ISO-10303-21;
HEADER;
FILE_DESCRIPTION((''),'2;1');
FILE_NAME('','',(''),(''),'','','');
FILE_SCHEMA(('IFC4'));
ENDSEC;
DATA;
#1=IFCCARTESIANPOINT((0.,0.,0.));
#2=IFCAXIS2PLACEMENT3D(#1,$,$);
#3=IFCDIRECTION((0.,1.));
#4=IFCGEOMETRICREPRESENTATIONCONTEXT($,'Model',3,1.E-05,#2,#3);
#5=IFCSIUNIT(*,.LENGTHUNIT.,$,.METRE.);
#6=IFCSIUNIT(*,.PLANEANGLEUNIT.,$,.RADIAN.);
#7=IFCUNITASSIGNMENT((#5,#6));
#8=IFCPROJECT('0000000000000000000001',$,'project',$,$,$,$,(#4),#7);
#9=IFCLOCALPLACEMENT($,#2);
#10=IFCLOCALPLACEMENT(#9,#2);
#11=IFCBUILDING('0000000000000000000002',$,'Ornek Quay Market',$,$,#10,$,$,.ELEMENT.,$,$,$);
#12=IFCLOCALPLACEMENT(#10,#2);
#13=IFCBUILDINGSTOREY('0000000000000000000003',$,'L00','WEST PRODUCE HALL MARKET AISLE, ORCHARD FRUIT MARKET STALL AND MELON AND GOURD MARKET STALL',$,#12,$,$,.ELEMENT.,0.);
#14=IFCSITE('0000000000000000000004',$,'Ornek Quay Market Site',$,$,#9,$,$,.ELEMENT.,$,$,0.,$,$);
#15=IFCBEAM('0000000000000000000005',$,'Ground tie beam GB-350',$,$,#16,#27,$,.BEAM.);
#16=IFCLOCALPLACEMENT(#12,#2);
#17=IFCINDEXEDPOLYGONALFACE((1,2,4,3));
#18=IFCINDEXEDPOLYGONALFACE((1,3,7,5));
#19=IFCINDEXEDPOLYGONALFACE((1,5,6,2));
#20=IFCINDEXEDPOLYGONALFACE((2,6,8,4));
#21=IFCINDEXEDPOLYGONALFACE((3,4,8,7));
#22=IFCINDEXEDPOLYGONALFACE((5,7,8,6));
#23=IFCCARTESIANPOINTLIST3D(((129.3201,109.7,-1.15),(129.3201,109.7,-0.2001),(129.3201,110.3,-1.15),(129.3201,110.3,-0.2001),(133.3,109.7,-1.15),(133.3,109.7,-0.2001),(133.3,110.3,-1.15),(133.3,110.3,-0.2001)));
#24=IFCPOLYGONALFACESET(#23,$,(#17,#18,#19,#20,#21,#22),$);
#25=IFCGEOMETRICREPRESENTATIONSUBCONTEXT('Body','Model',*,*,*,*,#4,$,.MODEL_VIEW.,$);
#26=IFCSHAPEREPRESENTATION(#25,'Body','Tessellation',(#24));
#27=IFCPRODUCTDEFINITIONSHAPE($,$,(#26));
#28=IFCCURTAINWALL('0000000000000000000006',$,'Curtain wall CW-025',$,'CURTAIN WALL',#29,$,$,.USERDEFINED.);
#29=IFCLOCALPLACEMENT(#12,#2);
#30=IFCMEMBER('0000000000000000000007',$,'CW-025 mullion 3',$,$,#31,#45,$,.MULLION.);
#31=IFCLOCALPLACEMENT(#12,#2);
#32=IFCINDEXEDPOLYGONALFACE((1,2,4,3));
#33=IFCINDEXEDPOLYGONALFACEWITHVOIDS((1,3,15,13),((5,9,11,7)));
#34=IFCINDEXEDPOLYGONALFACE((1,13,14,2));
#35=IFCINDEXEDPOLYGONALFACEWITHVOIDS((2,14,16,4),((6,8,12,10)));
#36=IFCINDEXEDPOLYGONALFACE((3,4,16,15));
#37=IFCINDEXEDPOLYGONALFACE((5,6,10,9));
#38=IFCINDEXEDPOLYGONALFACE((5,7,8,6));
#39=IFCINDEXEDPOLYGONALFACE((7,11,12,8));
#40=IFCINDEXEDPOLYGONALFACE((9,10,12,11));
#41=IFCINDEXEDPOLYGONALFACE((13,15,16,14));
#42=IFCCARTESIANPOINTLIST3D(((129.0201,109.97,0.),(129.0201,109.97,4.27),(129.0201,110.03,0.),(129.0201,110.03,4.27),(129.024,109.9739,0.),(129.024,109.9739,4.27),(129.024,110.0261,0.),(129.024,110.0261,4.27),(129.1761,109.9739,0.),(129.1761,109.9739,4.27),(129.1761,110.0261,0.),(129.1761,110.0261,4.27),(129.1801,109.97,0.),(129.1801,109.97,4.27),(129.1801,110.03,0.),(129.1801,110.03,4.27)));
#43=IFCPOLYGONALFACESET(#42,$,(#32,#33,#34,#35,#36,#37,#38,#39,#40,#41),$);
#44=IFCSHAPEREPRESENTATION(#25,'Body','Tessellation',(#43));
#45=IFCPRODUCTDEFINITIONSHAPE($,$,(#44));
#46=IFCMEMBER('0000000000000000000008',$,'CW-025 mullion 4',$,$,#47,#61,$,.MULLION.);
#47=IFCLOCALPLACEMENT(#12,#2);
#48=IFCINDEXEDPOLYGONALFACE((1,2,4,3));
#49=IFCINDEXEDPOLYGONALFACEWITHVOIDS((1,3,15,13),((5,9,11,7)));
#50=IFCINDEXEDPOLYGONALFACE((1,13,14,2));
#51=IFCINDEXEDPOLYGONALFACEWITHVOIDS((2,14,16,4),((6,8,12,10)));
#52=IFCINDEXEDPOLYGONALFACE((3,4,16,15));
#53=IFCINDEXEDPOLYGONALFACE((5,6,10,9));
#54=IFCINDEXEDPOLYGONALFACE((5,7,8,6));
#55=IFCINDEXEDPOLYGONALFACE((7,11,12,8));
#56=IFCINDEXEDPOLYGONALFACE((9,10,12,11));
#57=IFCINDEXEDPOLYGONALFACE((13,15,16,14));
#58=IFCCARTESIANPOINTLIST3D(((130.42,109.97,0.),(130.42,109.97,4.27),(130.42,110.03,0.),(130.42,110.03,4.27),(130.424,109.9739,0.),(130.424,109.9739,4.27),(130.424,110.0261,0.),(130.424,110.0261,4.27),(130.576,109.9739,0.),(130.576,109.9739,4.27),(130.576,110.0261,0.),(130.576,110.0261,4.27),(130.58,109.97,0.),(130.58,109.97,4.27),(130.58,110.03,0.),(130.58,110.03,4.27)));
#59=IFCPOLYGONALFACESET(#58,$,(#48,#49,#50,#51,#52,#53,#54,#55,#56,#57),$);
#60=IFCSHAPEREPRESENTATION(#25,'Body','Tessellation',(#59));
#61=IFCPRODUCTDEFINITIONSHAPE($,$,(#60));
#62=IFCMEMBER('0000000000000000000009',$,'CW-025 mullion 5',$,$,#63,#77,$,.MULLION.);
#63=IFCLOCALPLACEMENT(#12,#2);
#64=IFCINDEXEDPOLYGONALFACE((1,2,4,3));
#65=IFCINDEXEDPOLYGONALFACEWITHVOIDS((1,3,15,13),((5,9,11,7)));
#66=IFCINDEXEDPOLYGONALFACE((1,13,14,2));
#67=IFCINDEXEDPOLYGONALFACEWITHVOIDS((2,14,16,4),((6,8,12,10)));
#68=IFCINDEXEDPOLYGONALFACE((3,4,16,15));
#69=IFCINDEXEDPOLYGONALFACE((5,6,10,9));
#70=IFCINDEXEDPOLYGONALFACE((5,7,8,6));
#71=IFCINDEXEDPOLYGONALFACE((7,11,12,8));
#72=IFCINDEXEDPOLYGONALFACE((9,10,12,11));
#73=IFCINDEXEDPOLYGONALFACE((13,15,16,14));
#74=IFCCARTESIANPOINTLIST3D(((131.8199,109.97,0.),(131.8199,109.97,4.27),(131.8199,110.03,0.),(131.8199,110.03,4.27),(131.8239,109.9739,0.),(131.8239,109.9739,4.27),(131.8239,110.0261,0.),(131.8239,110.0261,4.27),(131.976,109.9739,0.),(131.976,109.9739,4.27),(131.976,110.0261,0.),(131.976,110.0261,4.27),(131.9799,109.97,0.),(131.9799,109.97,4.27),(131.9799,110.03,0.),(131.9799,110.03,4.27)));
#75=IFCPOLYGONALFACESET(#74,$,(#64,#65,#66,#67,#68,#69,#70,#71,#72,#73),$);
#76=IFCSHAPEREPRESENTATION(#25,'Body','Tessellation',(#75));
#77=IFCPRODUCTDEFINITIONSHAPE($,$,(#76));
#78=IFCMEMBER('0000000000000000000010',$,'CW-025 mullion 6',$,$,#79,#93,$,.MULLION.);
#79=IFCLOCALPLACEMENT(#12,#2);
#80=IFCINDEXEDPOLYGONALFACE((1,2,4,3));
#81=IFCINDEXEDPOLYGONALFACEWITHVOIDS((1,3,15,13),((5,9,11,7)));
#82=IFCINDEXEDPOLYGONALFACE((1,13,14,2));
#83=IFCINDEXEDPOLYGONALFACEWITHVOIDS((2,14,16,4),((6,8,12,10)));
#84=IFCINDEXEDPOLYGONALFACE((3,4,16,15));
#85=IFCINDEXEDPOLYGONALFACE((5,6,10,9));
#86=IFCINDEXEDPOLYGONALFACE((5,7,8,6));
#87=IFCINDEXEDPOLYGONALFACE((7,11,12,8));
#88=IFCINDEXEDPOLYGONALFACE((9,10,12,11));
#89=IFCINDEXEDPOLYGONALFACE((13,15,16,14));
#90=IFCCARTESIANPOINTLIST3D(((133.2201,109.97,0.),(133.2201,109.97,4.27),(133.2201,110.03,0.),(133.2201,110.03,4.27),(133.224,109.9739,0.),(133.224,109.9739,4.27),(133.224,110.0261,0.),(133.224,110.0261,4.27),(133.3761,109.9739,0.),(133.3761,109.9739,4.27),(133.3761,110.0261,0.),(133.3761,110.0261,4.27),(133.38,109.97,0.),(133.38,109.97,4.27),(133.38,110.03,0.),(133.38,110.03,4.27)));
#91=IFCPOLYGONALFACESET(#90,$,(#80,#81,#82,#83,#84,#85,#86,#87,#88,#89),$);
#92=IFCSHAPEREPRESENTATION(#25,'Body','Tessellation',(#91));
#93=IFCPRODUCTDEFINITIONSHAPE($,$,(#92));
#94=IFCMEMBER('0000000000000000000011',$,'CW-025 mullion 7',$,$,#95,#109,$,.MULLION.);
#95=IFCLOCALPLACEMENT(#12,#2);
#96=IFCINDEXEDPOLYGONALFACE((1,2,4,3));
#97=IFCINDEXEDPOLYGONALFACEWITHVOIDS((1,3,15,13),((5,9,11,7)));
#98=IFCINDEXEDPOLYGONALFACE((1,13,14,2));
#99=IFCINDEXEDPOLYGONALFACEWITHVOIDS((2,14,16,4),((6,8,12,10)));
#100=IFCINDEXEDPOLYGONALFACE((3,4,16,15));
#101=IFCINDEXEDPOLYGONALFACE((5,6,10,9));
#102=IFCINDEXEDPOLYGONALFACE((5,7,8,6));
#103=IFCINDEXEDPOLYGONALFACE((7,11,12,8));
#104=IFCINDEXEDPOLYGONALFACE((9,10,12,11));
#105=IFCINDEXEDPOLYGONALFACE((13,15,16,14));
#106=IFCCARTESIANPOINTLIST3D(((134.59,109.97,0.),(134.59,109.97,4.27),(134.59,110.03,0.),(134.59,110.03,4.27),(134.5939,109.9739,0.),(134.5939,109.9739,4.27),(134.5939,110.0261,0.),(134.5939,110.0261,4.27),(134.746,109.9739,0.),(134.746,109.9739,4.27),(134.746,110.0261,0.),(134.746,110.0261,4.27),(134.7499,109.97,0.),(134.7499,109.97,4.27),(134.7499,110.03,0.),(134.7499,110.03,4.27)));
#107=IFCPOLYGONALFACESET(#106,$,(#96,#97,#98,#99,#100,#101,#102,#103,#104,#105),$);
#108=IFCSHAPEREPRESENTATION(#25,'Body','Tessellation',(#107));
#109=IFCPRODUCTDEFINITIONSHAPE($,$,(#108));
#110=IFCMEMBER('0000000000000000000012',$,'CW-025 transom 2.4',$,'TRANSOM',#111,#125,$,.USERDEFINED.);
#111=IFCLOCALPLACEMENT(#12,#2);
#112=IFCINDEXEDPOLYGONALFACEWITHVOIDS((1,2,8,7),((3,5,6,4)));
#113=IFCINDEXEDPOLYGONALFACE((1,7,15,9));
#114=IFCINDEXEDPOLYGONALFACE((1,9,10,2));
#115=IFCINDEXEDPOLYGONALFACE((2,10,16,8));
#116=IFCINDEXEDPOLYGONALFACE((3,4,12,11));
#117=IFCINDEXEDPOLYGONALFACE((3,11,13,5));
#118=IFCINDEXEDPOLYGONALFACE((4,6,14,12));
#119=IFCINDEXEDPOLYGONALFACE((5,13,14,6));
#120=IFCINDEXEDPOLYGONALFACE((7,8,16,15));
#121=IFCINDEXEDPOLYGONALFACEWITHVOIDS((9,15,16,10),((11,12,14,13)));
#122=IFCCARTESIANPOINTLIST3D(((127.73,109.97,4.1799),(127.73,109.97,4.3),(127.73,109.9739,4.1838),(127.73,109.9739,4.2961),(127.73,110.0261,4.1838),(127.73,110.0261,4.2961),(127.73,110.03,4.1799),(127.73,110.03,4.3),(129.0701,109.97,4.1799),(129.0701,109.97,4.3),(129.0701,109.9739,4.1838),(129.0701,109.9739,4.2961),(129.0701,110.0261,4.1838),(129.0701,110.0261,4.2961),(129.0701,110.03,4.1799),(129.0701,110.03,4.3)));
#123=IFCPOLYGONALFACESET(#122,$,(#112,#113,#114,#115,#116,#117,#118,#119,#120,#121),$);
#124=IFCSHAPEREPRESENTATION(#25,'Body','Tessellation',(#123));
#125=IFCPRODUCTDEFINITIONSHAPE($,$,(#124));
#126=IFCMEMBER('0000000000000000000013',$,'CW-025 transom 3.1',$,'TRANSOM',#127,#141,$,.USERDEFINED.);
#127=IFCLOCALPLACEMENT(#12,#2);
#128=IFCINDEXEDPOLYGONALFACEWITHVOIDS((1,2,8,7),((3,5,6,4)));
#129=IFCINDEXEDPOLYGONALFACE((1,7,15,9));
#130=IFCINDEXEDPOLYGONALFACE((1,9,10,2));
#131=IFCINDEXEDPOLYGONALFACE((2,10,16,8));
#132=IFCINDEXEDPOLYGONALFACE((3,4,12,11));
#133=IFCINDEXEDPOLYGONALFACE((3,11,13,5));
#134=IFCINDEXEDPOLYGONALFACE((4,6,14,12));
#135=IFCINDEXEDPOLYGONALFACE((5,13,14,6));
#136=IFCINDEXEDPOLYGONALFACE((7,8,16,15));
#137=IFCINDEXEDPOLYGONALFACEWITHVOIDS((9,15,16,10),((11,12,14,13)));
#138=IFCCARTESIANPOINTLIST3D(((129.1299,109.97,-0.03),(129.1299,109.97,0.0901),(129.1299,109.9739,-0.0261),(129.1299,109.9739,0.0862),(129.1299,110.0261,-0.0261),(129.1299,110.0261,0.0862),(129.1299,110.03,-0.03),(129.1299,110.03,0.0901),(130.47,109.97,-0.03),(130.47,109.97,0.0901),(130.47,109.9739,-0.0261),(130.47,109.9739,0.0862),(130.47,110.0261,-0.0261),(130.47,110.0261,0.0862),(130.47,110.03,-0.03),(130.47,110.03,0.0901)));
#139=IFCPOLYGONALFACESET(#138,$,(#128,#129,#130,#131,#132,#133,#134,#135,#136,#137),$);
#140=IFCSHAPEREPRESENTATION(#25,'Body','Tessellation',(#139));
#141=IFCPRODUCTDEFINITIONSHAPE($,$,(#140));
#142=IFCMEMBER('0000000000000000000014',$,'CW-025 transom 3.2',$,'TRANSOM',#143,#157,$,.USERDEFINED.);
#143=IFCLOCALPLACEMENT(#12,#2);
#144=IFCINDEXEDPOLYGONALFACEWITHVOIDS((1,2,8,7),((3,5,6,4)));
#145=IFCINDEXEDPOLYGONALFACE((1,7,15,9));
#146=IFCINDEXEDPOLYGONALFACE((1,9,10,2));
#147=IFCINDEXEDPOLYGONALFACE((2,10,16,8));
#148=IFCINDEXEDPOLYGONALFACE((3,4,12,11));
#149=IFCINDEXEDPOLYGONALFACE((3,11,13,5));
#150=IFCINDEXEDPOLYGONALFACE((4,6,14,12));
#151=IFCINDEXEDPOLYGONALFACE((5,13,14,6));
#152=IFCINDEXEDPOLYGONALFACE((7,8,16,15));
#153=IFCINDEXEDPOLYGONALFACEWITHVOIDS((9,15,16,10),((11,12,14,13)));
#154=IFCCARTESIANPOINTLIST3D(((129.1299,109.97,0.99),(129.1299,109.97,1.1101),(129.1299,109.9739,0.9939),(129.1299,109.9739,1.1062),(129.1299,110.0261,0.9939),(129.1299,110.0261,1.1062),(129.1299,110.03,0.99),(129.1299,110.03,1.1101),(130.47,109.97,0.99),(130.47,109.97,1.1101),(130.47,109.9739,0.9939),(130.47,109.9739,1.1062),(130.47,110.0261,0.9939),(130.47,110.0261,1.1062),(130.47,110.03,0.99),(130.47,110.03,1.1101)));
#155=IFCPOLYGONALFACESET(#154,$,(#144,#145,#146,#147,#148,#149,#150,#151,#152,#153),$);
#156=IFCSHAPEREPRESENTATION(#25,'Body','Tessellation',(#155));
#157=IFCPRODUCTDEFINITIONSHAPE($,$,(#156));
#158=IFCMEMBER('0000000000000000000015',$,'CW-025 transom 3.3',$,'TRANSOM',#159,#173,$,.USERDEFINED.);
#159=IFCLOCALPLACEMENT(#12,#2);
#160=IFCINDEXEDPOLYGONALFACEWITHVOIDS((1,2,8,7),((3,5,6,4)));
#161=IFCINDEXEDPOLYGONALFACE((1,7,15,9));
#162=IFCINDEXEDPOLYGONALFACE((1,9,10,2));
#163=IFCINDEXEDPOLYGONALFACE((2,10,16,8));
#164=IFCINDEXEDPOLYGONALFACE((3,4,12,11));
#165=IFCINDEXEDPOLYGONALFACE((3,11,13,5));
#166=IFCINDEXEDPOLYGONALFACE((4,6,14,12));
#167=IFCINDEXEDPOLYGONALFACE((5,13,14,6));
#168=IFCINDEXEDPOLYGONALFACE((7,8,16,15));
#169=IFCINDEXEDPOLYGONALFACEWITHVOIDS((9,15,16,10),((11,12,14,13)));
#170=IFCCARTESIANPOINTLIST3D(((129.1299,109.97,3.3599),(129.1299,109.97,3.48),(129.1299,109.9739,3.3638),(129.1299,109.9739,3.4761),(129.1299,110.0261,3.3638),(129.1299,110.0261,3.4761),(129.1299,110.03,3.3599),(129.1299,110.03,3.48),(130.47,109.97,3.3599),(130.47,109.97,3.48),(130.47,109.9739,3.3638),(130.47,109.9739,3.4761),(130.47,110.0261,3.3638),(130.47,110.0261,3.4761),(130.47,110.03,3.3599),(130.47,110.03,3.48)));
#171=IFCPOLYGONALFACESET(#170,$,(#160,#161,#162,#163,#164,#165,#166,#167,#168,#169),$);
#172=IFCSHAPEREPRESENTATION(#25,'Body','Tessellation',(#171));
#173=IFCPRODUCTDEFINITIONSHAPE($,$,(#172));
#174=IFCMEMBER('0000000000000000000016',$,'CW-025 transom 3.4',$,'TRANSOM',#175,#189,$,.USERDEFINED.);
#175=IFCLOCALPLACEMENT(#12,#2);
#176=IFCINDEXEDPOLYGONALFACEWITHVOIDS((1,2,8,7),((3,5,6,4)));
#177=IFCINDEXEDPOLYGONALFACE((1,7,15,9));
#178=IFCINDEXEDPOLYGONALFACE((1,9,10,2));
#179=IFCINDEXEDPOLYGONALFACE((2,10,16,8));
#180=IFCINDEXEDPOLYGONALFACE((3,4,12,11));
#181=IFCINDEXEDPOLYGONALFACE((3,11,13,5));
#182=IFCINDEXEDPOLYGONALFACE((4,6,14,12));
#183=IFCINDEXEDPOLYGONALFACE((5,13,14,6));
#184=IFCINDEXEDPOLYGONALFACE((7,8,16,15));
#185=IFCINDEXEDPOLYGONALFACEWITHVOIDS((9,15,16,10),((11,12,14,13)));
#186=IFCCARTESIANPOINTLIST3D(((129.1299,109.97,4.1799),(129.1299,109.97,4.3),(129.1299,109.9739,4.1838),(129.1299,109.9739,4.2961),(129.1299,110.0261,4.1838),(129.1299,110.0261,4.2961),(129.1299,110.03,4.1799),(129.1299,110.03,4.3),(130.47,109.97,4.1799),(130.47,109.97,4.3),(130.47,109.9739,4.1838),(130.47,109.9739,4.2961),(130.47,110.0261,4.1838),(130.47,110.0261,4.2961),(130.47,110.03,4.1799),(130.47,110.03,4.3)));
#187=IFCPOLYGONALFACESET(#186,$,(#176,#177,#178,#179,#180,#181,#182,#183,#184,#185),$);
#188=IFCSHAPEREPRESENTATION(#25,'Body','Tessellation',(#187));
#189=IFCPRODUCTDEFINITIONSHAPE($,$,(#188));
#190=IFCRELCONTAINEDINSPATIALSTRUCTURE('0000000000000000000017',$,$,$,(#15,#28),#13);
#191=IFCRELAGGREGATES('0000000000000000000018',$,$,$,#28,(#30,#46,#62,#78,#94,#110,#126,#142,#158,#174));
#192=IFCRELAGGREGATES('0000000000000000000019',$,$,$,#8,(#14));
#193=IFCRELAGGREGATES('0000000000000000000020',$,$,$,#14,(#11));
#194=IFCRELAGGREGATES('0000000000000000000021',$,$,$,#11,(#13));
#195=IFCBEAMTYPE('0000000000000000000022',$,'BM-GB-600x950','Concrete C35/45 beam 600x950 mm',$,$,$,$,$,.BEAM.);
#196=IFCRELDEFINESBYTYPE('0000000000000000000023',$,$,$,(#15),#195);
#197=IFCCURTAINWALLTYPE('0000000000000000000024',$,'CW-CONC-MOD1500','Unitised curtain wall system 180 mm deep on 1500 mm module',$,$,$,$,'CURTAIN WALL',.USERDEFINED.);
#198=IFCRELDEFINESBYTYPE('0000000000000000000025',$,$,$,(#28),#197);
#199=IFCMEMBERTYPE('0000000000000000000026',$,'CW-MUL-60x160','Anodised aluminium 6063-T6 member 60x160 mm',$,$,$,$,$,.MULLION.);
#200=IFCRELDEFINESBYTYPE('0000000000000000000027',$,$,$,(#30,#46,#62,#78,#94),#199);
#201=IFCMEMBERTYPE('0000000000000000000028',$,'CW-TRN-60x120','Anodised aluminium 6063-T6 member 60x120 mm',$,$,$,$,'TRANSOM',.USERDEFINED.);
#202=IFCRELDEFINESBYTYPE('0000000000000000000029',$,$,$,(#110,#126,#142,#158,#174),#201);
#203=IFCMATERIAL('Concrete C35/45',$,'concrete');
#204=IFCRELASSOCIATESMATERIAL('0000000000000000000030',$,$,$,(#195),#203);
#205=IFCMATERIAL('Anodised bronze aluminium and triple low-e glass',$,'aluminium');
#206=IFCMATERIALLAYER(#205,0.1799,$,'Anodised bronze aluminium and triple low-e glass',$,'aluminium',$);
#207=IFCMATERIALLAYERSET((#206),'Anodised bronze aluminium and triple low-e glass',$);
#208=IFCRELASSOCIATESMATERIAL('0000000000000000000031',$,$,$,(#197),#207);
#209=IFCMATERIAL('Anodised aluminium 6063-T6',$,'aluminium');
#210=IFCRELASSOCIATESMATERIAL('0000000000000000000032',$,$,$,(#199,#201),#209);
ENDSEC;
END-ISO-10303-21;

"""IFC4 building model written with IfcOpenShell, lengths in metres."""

from ifc_helpers import new_model, si_unit, direction, frame, origin, origin_2d, place, context, subcontext, project, spatial, rectangle, hollow_rectangle, extrude, material, layer, layer_set, material_profile, profile_set, type_object, element, aggregate, save


model = new_model("IFC4")

# Units and contexts
model_context = context("Model", 3, precision=1e-05, world=origin(), true_north=direction((0.0, 1.0)))
body_context = subcontext(model_context, "Body", "Model", "MODEL_VIEW")
ifc_project = project(units=[si_unit("LENGTHUNIT", "METRE"), si_unit("PLANEANGLEUNIT", "RADIAN")], contexts=[model_context])

# Site, building, storey
site_placement = place(None, origin())
site = spatial("IfcSite", under=ifc_project, at=site_placement, Name="Ornek Quay Market Site", CompositionType="ELEMENT", RefElevation=0.0)
building_placement = place(site_placement, origin())
building = spatial("IfcBuilding", under=site, at=building_placement, Name="Ornek Quay Market", CompositionType="ELEMENT")
storey_placement = place(building_placement, origin())
storey = spatial("IfcBuildingStorey", under=building, at=storey_placement, Name="L00", Description="WEST PRODUCE HALL MARKET AISLE, ORCHARD FRUIT MARKET STALL AND MELON AND GOURD MARKET STALL", CompositionType="ELEMENT", Elevation=0.0)

# Beam
ifc_material_1 = material(Name="Concrete C35/45", Category="concrete")
ifc_material_profile_1 = material_profile(ifc_material_1, rectangle(XDim=0.6001, YDim=0.95, at=origin_2d()), Name="RC 600x950", Category="concrete")
ifc_profile_set_1 = profile_set([ifc_material_profile_1], Name="Concrete C35/45")
beam_type = type_object("IfcBeamType", Name="BM-GB-600x950", Description="Concrete C35/45 beam 600x950 mm", PredefinedType="BEAM", material=ifc_profile_set_1)
beam_placement = place(storey_placement, frame((129.3201, 110.0, -0.675), z_axis=(1.0, 0.0, 0.0), x_axis=(0.0, 1.0, 0.0)))
element("IfcBeam", 1, at=beam_placement, inside=storey, type_object=beam_type, Name="Ground tie beam GB-350", PredefinedType="BEAM", context=body_context, shape_type="SweptSolid", body=[
    extrude(rectangle(XDim=0.6001, YDim=0.95, at=origin_2d()), origin(), (0.0, 0.0, 1.0), 3.98),
])

# Curtain wall, members
ifc_material_2 = material(Name="Anodised bronze aluminium and triple low-e glass", Category="aluminium")
ifc_layer_1 = layer(ifc_material_2, 0.1799, Name="Anodised bronze aluminium and triple low-e glass", Category="aluminium")
ifc_layer_set_1 = layer_set([ifc_layer_1], Name="Anodised bronze aluminium and triple low-e glass")
curtain_wall_type = type_object("IfcCurtainWallType", Name="CW-CONC-MOD1500", Description="Unitised curtain wall system 180 mm deep on 1500 mm module", ElementType="CURTAIN WALL", PredefinedType="USERDEFINED", material=ifc_layer_set_1)
curtain_wall_placement = place(storey_placement, origin())
curtain_wall = element("IfcCurtainWall", 2, at=curtain_wall_placement, inside=storey, type_object=curtain_wall_type, Name="Curtain wall CW-025", ObjectType="CURTAIN WALL", PredefinedType="USERDEFINED")
ifc_material_3 = material(Name="Anodised aluminium 6063-T6", Category="aluminium")
ifc_material_profile_2 = material_profile(ifc_material_3, hollow_rectangle(XDim=0.0601, YDim=0.1599, WallThickness=0.0039, at=origin_2d()), Name="CW-MUL-60x160", Category="aluminium")
ifc_profile_set_2 = profile_set([ifc_material_profile_2], Name="Anodised aluminium 6063-T6")
member_type_1 = type_object("IfcMemberType", Name="CW-MUL-60x160", Description="Anodised aluminium 6063-T6 member 60x160 mm", PredefinedType="MULLION", material=ifc_profile_set_2)
member_1_placement = place(storey_placement, frame((129.1001, 110.0, 0.0), z_axis=(0.0, 0.0, 1.0), x_axis=(0.0, 1.0, 0.0)))
member_1 = element("IfcMember", 3, at=member_1_placement, type_object=member_type_1, Name="CW-025 mullion 3", PredefinedType="MULLION", context=body_context, shape_type="SweptSolid", body=[
    extrude(hollow_rectangle(XDim=0.0601, YDim=0.1599, WallThickness=0.0039, at=origin_2d()), origin(), (0.0, 0.0, 1.0), 4.27),
])
member_2_placement = place(storey_placement, frame((130.5, 110.0, 0.0), z_axis=(0.0, 0.0, 1.0), x_axis=(0.0, 1.0, 0.0)))
member_2 = element("IfcMember", 4, at=member_2_placement, type_object=member_type_1, Name="CW-025 mullion 4", PredefinedType="MULLION", context=body_context, shape_type="SweptSolid", body=[
    extrude(hollow_rectangle(XDim=0.0601, YDim=0.1599, WallThickness=0.0039, at=origin_2d()), origin(), (0.0, 0.0, 1.0), 4.27),
])
member_3_placement = place(storey_placement, frame((131.8999, 110.0, 0.0), z_axis=(0.0, 0.0, 1.0), x_axis=(0.0, 1.0, 0.0)))
member_3 = element("IfcMember", 5, at=member_3_placement, type_object=member_type_1, Name="CW-025 mullion 5", PredefinedType="MULLION", context=body_context, shape_type="SweptSolid", body=[
    extrude(hollow_rectangle(XDim=0.0601, YDim=0.1599, WallThickness=0.0039, at=origin_2d()), origin(), (0.0, 0.0, 1.0), 4.27),
])
member_4_placement = place(storey_placement, frame((133.3, 110.0, 0.0), z_axis=(0.0, 0.0, 1.0), x_axis=(0.0, 1.0, 0.0)))
member_4 = element("IfcMember", 6, at=member_4_placement, type_object=member_type_1, Name="CW-025 mullion 6", PredefinedType="MULLION", context=body_context, shape_type="SweptSolid", body=[
    extrude(hollow_rectangle(XDim=0.0601, YDim=0.1599, WallThickness=0.0039, at=origin_2d()), origin(), (0.0, 0.0, 1.0), 4.27),
])
member_5_placement = place(storey_placement, frame((134.6699, 110.0, 0.0), z_axis=(0.0, 0.0, 1.0), x_axis=(0.0, 1.0, 0.0)))
member_5 = element("IfcMember", 7, at=member_5_placement, type_object=member_type_1, Name="CW-025 mullion 7", PredefinedType="MULLION", context=body_context, shape_type="SweptSolid", body=[
    extrude(hollow_rectangle(XDim=0.0601, YDim=0.1599, WallThickness=0.0039, at=origin_2d()), origin(), (0.0, 0.0, 1.0), 4.27),
])
ifc_material_profile_3 = material_profile(ifc_material_3, hollow_rectangle(XDim=0.0601, YDim=0.1201, WallThickness=0.0039, at=origin_2d()), Name="CW-TRN-60x120", Category="aluminium")
ifc_profile_set_3 = profile_set([ifc_material_profile_3], Name="Anodised aluminium 6063-T6")
member_type_2 = type_object("IfcMemberType", Name="CW-TRN-60x120", Description="Anodised aluminium 6063-T6 member 60x120 mm", ElementType="TRANSOM", PredefinedType="USERDEFINED", material=ifc_profile_set_3)
member_6_placement = place(storey_placement, frame((127.73, 110.0, 4.24), z_axis=(1.0, 0.0, 0.0), x_axis=(0.0, 1.0, 0.0)))
member_6 = element("IfcMember", 8, at=member_6_placement, type_object=member_type_2, Name="CW-025 transom 2.4", ObjectType="TRANSOM", PredefinedType="USERDEFINED", context=body_context, shape_type="SweptSolid", body=[
    extrude(hollow_rectangle(XDim=0.0601, YDim=0.1201, WallThickness=0.0039, at=origin_2d()), origin(), (0.0, 0.0, 1.0), 1.3401),
])
member_7_placement = place(storey_placement, frame((129.1299, 110.0, 0.03), z_axis=(1.0, 0.0, 0.0), x_axis=(0.0, 1.0, 0.0)))
member_7 = element("IfcMember", 9, at=member_7_placement, type_object=member_type_2, Name="CW-025 transom 3.1", ObjectType="TRANSOM", PredefinedType="USERDEFINED", context=body_context, shape_type="SweptSolid", body=[
    extrude(hollow_rectangle(XDim=0.0601, YDim=0.1201, WallThickness=0.0039, at=origin_2d()), origin(), (0.0, 0.0, 1.0), 1.3401),
])
member_8_placement = place(storey_placement, frame((129.1299, 110.0, 1.05), z_axis=(1.0, 0.0, 0.0), x_axis=(0.0, 1.0, 0.0)))
member_8 = element("IfcMember", 10, at=member_8_placement, type_object=member_type_2, Name="CW-025 transom 3.2", ObjectType="TRANSOM", PredefinedType="USERDEFINED", context=body_context, shape_type="SweptSolid", body=[
    extrude(hollow_rectangle(XDim=0.0601, YDim=0.1201, WallThickness=0.0039, at=origin_2d()), origin(), (0.0, 0.0, 1.0), 1.3401),
])
member_9_placement = place(storey_placement, frame((129.1299, 110.0, 3.4199), z_axis=(1.0, 0.0, 0.0), x_axis=(0.0, 1.0, 0.0)))
member_9 = element("IfcMember", 11, at=member_9_placement, type_object=member_type_2, Name="CW-025 transom 3.3", ObjectType="TRANSOM", PredefinedType="USERDEFINED", context=body_context, shape_type="SweptSolid", body=[
    extrude(hollow_rectangle(XDim=0.0601, YDim=0.1201, WallThickness=0.0039, at=origin_2d()), origin(), (0.0, 0.0, 1.0), 1.3401),
])
member_10_placement = place(storey_placement, frame((129.1299, 110.0, 4.24), z_axis=(1.0, 0.0, 0.0), x_axis=(0.0, 1.0, 0.0)))
member_10 = element("IfcMember", 12, at=member_10_placement, type_object=member_type_2, Name="CW-025 transom 3.4", ObjectType="TRANSOM", PredefinedType="USERDEFINED", context=body_context, shape_type="SweptSolid", body=[
    extrude(hollow_rectangle(XDim=0.0601, YDim=0.1201, WallThickness=0.0039, at=origin_2d()), origin(), (0.0, 0.0, 1.0), 1.3401),
])
aggregate(curtain_wall, [member_1, member_2, member_3, member_4, member_5, member_6, member_7, member_8, member_9, member_10])

save(model, "model.ifc")
